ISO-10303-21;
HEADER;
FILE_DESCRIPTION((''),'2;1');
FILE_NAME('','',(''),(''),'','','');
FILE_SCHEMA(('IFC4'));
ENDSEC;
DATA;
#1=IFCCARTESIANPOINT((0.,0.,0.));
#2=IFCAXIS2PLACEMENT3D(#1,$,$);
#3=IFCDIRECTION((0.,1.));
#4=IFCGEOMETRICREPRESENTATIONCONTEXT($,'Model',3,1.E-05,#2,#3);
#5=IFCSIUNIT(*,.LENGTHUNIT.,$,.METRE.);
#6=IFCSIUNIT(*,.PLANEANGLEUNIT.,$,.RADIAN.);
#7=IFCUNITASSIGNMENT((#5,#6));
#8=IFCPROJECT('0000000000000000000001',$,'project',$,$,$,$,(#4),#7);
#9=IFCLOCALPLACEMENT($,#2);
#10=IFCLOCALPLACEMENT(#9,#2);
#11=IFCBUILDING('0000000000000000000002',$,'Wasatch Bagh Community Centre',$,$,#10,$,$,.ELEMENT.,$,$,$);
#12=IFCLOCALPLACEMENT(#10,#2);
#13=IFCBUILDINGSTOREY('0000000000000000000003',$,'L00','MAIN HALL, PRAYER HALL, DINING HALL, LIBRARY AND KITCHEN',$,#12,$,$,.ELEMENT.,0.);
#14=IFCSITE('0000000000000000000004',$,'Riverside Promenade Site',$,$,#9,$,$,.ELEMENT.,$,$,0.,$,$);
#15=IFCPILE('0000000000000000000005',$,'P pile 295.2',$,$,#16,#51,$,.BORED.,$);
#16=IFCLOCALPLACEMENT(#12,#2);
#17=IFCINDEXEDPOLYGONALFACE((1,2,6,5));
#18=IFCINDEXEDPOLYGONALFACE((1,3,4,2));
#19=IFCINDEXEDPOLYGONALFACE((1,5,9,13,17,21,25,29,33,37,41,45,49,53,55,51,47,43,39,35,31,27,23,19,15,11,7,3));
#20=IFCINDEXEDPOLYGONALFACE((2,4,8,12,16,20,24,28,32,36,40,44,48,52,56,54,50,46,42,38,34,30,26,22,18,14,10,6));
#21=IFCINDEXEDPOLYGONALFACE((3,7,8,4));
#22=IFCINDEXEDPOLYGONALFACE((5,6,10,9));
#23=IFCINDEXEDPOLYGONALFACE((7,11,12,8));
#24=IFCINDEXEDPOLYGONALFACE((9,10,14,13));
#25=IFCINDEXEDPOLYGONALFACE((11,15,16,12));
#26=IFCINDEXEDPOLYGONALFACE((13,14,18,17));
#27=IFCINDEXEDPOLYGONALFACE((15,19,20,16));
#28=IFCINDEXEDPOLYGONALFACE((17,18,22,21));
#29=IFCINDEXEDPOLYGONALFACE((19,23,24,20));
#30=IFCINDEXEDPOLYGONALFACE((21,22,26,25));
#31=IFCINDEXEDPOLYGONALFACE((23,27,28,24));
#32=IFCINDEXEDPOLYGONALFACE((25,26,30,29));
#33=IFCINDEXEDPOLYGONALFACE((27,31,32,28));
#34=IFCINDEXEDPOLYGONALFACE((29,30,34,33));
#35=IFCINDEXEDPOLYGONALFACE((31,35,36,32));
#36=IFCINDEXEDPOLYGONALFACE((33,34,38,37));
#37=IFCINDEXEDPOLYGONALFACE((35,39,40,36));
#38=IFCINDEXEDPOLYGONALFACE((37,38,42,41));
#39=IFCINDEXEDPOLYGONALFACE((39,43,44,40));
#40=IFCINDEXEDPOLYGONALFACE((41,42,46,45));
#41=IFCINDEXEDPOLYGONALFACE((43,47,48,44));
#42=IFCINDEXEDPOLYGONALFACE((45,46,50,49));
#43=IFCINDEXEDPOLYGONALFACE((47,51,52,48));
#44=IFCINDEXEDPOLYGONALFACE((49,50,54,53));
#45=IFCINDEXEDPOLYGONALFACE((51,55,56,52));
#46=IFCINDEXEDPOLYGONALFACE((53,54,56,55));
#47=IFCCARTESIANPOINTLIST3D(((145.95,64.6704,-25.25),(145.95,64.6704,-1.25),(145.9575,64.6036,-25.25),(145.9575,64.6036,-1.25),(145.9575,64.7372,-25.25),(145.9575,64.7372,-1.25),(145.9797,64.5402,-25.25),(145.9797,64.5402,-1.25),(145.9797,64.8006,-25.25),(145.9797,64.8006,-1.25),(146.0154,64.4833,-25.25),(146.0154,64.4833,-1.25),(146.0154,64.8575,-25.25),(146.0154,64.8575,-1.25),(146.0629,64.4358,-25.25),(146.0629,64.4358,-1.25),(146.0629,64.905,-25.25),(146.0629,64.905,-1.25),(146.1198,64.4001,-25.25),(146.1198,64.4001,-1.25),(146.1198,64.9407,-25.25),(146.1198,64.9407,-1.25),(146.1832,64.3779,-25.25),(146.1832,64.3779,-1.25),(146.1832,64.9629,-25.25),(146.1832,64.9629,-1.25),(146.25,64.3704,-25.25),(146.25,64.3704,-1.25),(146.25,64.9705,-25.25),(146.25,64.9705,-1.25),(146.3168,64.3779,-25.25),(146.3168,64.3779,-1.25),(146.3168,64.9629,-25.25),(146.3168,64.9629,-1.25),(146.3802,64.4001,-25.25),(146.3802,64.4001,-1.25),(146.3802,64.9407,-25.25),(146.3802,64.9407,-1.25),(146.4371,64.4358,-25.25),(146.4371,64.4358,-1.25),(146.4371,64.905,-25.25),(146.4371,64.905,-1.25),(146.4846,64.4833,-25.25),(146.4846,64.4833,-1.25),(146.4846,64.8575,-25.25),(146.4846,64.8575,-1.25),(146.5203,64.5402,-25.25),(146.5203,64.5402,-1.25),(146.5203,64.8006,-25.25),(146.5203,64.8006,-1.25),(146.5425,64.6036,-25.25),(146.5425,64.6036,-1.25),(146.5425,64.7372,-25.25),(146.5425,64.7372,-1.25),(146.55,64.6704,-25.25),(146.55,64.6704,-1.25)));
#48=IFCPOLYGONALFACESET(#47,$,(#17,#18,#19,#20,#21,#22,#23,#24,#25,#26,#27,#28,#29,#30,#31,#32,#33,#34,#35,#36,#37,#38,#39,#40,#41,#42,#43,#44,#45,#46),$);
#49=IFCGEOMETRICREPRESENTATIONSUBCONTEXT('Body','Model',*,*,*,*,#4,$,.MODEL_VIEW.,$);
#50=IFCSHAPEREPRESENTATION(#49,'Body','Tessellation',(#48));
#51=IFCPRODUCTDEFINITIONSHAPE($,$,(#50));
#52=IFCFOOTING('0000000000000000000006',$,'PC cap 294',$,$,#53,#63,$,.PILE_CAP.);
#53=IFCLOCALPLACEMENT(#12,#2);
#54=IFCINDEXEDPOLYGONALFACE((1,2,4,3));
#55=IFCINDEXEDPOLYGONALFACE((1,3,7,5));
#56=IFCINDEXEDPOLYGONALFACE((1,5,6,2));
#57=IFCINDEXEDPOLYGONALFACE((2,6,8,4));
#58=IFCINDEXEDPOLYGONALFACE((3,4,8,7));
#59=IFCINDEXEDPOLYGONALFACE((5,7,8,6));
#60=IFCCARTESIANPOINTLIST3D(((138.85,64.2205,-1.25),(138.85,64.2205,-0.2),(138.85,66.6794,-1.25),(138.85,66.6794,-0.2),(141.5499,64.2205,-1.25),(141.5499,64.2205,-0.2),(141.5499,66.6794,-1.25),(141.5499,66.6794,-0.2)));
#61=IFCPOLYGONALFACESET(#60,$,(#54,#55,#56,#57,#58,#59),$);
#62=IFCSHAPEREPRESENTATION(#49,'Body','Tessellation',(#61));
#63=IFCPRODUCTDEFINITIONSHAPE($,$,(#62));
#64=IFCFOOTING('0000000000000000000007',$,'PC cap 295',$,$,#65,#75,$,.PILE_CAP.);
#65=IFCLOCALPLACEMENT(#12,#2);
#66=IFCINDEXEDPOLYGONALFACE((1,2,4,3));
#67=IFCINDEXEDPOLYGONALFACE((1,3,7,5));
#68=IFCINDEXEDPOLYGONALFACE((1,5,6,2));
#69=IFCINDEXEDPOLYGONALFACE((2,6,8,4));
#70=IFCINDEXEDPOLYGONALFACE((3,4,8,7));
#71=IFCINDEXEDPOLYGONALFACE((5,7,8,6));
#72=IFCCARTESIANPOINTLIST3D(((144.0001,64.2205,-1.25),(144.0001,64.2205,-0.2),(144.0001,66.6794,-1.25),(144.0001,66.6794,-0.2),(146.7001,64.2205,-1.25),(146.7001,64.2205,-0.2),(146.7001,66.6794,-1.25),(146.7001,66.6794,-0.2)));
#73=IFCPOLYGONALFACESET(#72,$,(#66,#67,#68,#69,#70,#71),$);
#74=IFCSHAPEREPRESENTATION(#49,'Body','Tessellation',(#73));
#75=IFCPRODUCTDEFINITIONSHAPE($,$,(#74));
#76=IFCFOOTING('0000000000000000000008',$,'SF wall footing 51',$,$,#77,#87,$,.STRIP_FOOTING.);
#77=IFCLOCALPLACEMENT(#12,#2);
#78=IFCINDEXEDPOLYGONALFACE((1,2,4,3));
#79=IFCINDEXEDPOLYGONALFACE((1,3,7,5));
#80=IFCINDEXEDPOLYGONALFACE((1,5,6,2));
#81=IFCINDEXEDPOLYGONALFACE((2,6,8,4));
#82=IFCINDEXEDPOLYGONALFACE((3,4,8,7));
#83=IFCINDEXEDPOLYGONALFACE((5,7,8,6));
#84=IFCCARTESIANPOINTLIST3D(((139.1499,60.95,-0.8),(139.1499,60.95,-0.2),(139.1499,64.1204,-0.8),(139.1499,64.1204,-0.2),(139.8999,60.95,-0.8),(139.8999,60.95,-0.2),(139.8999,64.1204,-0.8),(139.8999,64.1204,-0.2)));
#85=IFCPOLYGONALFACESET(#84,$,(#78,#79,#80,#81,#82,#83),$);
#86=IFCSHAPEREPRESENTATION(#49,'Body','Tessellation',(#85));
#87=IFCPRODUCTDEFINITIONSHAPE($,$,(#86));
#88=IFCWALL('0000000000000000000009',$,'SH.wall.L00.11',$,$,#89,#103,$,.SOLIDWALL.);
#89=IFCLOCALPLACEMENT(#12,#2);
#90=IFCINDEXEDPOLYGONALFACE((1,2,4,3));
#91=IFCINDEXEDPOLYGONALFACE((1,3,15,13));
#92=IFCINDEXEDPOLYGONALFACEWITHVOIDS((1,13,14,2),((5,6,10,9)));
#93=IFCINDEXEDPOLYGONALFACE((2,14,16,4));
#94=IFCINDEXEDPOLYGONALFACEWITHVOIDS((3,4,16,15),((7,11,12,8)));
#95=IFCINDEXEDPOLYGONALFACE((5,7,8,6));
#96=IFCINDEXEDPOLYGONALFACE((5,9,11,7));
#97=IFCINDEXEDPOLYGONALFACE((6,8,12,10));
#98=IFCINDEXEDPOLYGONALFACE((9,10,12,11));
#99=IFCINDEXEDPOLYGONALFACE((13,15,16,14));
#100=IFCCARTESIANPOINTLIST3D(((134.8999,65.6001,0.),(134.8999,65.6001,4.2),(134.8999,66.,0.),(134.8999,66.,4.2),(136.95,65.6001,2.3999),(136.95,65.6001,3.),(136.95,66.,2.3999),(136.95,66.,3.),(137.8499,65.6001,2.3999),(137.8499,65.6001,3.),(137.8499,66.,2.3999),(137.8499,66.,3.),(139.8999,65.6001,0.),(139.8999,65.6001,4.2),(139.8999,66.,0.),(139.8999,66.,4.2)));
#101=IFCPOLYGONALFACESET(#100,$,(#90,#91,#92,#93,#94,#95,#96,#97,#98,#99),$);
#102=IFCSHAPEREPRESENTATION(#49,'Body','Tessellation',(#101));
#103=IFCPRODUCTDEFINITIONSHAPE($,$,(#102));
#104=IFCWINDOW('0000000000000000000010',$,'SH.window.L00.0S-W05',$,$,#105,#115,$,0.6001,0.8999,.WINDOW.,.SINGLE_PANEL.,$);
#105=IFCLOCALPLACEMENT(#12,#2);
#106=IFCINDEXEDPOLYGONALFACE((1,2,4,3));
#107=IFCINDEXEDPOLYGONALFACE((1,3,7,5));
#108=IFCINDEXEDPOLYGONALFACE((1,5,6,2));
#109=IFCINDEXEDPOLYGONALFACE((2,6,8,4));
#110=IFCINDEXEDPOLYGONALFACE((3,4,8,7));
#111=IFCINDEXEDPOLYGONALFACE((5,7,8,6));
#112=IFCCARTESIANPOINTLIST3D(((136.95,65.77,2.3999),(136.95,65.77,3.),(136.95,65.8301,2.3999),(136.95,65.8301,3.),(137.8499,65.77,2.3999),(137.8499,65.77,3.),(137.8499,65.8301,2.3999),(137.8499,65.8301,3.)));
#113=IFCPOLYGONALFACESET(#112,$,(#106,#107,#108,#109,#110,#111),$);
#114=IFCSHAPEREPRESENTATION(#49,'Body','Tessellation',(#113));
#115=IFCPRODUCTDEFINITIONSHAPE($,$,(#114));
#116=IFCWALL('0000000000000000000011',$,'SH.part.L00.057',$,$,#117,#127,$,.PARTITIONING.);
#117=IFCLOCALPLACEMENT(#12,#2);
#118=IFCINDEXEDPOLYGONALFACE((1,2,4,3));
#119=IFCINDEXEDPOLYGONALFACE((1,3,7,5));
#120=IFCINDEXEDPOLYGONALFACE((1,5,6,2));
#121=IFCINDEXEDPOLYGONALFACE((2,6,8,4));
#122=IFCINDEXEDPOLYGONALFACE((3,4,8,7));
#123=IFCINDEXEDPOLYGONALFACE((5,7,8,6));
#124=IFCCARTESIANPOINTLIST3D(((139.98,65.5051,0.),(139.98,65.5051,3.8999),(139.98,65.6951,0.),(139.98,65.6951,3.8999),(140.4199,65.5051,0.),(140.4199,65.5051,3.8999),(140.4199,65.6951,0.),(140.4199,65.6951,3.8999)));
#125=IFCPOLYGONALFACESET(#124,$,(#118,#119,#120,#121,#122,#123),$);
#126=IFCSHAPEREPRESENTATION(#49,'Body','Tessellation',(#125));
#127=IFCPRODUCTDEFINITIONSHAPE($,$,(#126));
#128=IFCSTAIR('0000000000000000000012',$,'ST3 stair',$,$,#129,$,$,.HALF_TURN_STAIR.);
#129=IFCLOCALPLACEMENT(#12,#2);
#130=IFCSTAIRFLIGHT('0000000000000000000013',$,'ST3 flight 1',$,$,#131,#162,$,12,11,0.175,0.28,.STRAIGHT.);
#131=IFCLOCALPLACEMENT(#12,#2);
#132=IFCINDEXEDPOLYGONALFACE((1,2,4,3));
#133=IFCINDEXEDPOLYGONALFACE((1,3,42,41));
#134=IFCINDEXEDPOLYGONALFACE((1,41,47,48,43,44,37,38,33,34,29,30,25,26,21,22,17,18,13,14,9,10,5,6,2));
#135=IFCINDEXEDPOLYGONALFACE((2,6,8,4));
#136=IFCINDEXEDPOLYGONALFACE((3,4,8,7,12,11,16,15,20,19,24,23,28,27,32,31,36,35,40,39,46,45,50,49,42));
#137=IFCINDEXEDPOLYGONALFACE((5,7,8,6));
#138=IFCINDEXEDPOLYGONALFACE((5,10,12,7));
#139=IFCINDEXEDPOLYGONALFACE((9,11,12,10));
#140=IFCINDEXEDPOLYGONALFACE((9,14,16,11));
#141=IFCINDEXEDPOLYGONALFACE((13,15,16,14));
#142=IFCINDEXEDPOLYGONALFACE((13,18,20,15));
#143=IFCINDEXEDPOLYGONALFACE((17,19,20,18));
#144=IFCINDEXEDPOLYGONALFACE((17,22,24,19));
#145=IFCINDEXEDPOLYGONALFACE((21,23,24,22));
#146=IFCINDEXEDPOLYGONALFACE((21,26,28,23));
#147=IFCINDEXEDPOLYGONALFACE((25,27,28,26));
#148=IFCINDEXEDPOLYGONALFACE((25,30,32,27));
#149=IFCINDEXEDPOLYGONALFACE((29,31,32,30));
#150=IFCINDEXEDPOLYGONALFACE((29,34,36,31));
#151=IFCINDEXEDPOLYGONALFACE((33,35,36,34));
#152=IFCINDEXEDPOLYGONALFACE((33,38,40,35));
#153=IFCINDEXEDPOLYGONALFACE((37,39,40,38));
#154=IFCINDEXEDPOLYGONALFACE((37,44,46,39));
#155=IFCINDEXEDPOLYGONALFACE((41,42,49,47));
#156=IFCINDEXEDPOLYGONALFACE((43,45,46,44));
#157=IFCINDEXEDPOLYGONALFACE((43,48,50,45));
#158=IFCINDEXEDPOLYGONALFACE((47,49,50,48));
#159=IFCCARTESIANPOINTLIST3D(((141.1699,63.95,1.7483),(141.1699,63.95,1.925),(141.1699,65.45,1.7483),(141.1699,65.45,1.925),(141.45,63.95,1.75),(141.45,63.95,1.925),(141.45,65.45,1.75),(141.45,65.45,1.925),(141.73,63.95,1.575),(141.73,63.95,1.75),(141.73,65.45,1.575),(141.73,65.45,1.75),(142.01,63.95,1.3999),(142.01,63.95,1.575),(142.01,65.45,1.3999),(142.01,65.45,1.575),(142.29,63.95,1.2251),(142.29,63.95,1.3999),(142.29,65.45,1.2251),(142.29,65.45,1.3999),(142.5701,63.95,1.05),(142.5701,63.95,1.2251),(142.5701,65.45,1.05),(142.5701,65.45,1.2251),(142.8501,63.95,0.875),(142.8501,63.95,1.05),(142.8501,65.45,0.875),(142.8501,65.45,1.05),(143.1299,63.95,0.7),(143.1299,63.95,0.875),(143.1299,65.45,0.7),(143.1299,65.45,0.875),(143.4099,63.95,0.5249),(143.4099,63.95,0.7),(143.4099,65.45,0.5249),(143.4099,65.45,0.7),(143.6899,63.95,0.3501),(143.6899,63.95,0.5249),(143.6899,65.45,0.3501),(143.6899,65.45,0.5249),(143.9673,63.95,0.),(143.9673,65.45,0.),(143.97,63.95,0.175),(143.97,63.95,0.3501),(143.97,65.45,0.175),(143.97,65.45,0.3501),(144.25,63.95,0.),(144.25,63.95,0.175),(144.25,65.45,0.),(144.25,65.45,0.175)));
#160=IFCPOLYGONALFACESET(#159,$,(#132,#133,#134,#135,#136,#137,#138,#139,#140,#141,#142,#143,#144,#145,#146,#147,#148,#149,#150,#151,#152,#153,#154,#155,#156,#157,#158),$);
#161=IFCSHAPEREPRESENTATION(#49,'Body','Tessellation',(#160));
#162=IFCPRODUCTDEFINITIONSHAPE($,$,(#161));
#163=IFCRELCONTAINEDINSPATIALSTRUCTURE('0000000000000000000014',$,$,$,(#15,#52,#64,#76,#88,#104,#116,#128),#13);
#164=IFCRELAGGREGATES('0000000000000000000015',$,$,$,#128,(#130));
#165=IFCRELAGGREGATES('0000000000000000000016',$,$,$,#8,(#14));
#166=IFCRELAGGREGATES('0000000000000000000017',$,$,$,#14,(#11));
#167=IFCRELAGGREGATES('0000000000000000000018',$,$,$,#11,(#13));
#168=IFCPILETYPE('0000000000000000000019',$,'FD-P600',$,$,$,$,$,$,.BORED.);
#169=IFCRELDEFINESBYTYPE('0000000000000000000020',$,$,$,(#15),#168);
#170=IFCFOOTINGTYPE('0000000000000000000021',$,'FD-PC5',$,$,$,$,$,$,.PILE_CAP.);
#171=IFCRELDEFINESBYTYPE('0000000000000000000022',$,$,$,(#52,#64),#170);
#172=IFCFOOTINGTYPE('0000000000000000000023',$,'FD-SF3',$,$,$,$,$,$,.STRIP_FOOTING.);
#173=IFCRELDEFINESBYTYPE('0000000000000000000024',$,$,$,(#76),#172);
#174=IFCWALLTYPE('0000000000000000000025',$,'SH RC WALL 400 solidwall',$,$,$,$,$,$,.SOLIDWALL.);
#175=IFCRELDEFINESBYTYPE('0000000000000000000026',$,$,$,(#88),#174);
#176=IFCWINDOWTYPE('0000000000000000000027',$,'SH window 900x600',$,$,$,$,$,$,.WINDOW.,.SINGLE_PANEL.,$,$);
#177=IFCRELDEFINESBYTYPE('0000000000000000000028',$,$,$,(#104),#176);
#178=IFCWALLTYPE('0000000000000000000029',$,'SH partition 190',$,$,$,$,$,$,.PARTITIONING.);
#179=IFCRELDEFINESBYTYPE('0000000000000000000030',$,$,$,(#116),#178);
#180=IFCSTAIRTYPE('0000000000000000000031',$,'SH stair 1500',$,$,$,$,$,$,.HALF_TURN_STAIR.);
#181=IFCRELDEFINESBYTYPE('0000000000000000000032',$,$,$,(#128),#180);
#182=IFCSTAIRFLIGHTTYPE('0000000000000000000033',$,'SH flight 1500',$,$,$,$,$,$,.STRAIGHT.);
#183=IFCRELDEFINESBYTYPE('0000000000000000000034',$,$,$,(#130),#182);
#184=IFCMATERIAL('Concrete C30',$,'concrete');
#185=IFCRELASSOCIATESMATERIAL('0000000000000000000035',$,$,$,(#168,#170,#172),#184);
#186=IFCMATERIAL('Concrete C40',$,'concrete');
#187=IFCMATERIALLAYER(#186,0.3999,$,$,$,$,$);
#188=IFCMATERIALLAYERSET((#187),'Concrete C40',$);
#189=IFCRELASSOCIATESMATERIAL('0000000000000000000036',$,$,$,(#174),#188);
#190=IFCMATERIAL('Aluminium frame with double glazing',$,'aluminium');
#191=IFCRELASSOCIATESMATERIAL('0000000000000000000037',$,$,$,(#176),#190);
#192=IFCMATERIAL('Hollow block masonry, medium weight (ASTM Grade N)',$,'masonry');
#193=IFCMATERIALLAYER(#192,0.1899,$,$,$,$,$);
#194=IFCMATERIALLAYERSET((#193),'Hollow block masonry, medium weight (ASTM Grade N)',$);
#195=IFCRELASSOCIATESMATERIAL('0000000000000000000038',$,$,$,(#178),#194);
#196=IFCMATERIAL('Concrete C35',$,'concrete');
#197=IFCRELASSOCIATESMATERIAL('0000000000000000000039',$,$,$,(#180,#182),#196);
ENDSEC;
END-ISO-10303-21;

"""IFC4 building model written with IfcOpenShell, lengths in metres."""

from ifc_helpers import new_model, si_unit, direction, frame, frame_2d, origin, origin_2d, place, context, subcontext, project, spatial, polyline, rectangle, circle, outline, extrude, material, layer, layer_set, material_profile, profile_set, type_object, element, fill, aggregate, save


model = new_model("IFC4")

# Units and contexts
model_context = context("Model", 3, precision=1e-05, world=origin(), true_north=direction((0.0, 1.0)))
body_context = subcontext(model_context, "Body", "Model", "MODEL_VIEW")
ifc_project = project(units=[si_unit("LENGTHUNIT", "METRE"), si_unit("PLANEANGLEUNIT", "RADIAN")], contexts=[model_context])

# Site, building, storey
site_placement = place(None, origin())
site = spatial("IfcSite", under=ifc_project, at=site_placement, Name="Riverside Promenade Site", CompositionType="ELEMENT", RefElevation=0.0)
building_placement = place(site_placement, origin())
building = spatial("IfcBuilding", under=site, at=building_placement, Name="Wasatch Bagh Community Centre", CompositionType="ELEMENT")
storey_placement = place(building_placement, origin())
storey = spatial("IfcBuildingStorey", under=building, at=storey_placement, Name="L00", Description="MAIN HALL, PRAYER HALL, DINING HALL, LIBRARY AND KITCHEN", CompositionType="ELEMENT", Elevation=0.0)

# Shared definitions
ifc_material_1 = material(Name="Concrete C35", Category="concrete")

# Pile
ifc_material_2 = material(Name="Concrete C30", Category="concrete")
ifc_material_profile = material_profile(ifc_material_2, circle(Radius=0.3, at=origin_2d()), Name="RC D600")
ifc_profile_set = profile_set([ifc_material_profile], Name="Concrete C30")
pile_type = type_object("IfcPileType", Name="FD-P600", PredefinedType="BORED", material=ifc_profile_set)
for number, where, z_axis, x_axis, name in (
    (1, (146.25, 64.6704, -1.25), (0.0, 0.0, -1.0), (1.0, 0.0, 0.0), "P pile 295.2"),
):
    element("IfcPile", number, at=place(storey_placement, frame(where, z_axis=z_axis, x_axis=x_axis)), inside=storey, type_object=pile_type, Name=name, PredefinedType="BORED", context=body_context, shape_type="SweptSolid", body=[
        extrude(circle(Radius=0.3, at=origin_2d()), origin(), (0.0, 0.0, 1.0), 24.0),
    ])

# Footings
footing_type_1 = type_object("IfcFootingType", Name="FD-PC5", PredefinedType="PILE_CAP", material=ifc_material_2)
for number, where, z_axis, x_axis, name in (
    (2, (140.2, 65.45, -1.25), (0.0, 0.0, 1.0), (1.0, 0.0, 0.0), "PC cap 294"),
    (3, (145.3501, 65.45, -1.25), (0.0, 0.0, 1.0), (1.0, 0.0, 0.0), "PC cap 295"),
):
    element("IfcFooting", number, at=place(storey_placement, frame(where, z_axis=z_axis, x_axis=x_axis)), inside=storey, type_object=footing_type_1, Name=name, PredefinedType="PILE_CAP", context=body_context, shape_type="SweptSolid", body=[
        extrude(rectangle(XDim=2.7, YDim=2.459, at=origin_2d()), origin(), (0.0, 0.0, 1.0), 1.05),
    ])
footing_type_2 = type_object("IfcFootingType", Name="FD-SF3", PredefinedType="STRIP_FOOTING", material=ifc_material_2)
footing_1_placement = place(storey_placement, frame((139.5249, 62.5352, -0.8), z_axis=(0.0, 0.0, 1.0), x_axis=(0.0, 1.0, 0.0)))
element("IfcFooting", 4, at=footing_1_placement, inside=storey, type_object=footing_type_2, Name="SF wall footing 51", PredefinedType="STRIP_FOOTING", context=body_context, shape_type="SweptSolid", body=[
    extrude(rectangle(XDim=3.1704, YDim=0.75, at=origin_2d()), origin(), (0.0, 0.0, 1.0), 0.6001),
])

# Wall, opening, window
ifc_material_3 = material(Name="Concrete C40", Category="concrete")
ifc_layer_1 = layer(ifc_material_3, 0.3999)
ifc_layer_set_1 = layer_set([ifc_layer_1], Name="Concrete C40")
wall_type_1 = type_object("IfcWallType", Name="SH RC WALL 400 solidwall", PredefinedType="SOLIDWALL", material=ifc_layer_set_1)
wall_1_placement = place(storey_placement, frame((134.8999, 65.8, 0.0), z_axis=(0.0, 0.0, 1.0), x_axis=(1.0, 0.0, 0.0)))
wall_1 = element("IfcWall", 5, at=wall_1_placement, inside=storey, type_object=wall_type_1, Name="SH.wall.L00.11", PredefinedType="SOLIDWALL", context=body_context, shape_type="SweptSolid", body=[
    extrude(rectangle(XDim=5.0, YDim=0.3999, at=frame_2d((2.5, 0.0))), origin(), (0.0, 0.0, 1.0), 4.2),
])
opening_placement = place(wall_1_placement, frame((2.05, 0.0, 2.3999)))
opening = element("IfcOpeningElement", 6, at=opening_placement, cuts=wall_1, PredefinedType="OPENING", context=body_context, shape_type="SweptSolid", body=[
    extrude(rectangle(XDim=0.8999, YDim=0.6001, at=frame_2d((0.45, 0.3))), frame((0.0, 0.21, 0.0), z_axis=(0.0, -1.0, 0.0), x_axis=(1.0, 0.0, 0.0)), (0.0, 0.0, 1.0), 0.4199),
])
ifc_material_4 = material(Name="Aluminium frame with double glazing", Category="aluminium")
window_type = type_object("IfcWindowType", Name="SH window 900x600", PartitioningType="SINGLE_PANEL", PredefinedType="WINDOW", material=ifc_material_4)
window_placement = place(opening_placement, origin())
window = element("IfcWindow", 7, at=window_placement, inside=storey, type_object=window_type, Name="SH.window.L00.0S-W05", OverallHeight=0.6001, OverallWidth=0.8999, PartitioningType="SINGLE_PANEL", PredefinedType="WINDOW", context=body_context, shape_type="SweptSolid", body=[
    extrude(rectangle(XDim=0.8999, YDim=0.6001, at=frame_2d((0.45, 0.3))), frame((0.0, 0.03, 0.0), z_axis=(0.0, -1.0, 0.0), x_axis=(1.0, 0.0, 0.0)), (0.0, 0.0, 1.0), 0.0601),
])
fill(opening, window)

# Wall
ifc_material_5 = material(Name="Hollow block masonry, medium weight (ASTM Grade N)", Category="masonry")
ifc_layer_2 = layer(ifc_material_5, 0.1899)
ifc_layer_set_2 = layer_set([ifc_layer_2], Name="Hollow block masonry, medium weight (ASTM Grade N)")
wall_type_2 = type_object("IfcWallType", Name="SH partition 190", PredefinedType="PARTITIONING", material=ifc_layer_set_2)
wall_2_placement = place(storey_placement, frame((140.4199, 65.6001, 0.0), z_axis=(0.0, 0.0, 1.0), x_axis=(-1.0, 0.0, 0.0)))
element("IfcWall", 8, at=wall_2_placement, inside=storey, type_object=wall_type_2, Name="SH.part.L00.057", PredefinedType="PARTITIONING", context=body_context, shape_type="SweptSolid", body=[
    extrude(rectangle(XDim=0.4399, YDim=0.1899, at=frame_2d((0.22, 0.0))), origin(), (0.0, 0.0, 1.0), 3.8999),
])

# Stair, stair flight
stair_type = type_object("IfcStairType", Name="SH stair 1500", PredefinedType="HALF_TURN_STAIR", material=ifc_material_1)
stair_placement = place(storey_placement, origin())
stair = element("IfcStair", 9, at=stair_placement, inside=storey, type_object=stair_type, Name="ST3 stair", PredefinedType="HALF_TURN_STAIR")
stair_flight_type = type_object("IfcStairFlightType", Name="SH flight 1500", PredefinedType="STRAIGHT", material=ifc_material_1)
stair_flight_1_placement = place(storey_placement, frame((144.25, 64.7, 0.0), z_axis=(0.0, 0.0, 1.0), x_axis=(-1.0, 0.0, 0.0)))
stair_flight_1 = element("IfcStairFlight", 10, at=stair_flight_1_placement, type_object=stair_flight_type, Name="ST3 flight 1", NumberOfRisers=12, NumberOfTreads=11, PredefinedType="STRAIGHT", RiserHeight=0.175, TreadLength=0.28, context=body_context, shape_type="SweptSolid", body=[
    extrude(outline(polyline([(0.0, 0.0), (0.0, 0.175), (0.28, 0.175), (0.28, 0.3501), (0.5601, 0.3501), (0.5601, 0.5249), (0.8401, 0.5249), (0.8401, 0.7), (1.1201, 0.7), (1.1201, 0.875), (1.3999, 0.875), (1.3999, 1.05), (1.6799, 1.05), (1.6799, 1.2251), (1.96, 1.2251), (1.96, 1.3999), (2.24, 1.3999), (2.24, 1.575), (2.52, 1.575), (2.52, 1.75), (2.8, 1.75), (2.8, 1.925), (3.0801, 1.925), (3.0801, 2.1001), (3.0801, 1.7483), (0.2827, 0.0), (0.0, 0.0)])), frame((0.0, 0.75, 0.0), z_axis=(0.0, -1.0, 0.0), x_axis=(1.0, 0.0, 0.0)), (0.0, 0.0, 1.0), 1.5),
])
aggregate(stair, [stair_flight_1])

save(model, "model.ifc")
